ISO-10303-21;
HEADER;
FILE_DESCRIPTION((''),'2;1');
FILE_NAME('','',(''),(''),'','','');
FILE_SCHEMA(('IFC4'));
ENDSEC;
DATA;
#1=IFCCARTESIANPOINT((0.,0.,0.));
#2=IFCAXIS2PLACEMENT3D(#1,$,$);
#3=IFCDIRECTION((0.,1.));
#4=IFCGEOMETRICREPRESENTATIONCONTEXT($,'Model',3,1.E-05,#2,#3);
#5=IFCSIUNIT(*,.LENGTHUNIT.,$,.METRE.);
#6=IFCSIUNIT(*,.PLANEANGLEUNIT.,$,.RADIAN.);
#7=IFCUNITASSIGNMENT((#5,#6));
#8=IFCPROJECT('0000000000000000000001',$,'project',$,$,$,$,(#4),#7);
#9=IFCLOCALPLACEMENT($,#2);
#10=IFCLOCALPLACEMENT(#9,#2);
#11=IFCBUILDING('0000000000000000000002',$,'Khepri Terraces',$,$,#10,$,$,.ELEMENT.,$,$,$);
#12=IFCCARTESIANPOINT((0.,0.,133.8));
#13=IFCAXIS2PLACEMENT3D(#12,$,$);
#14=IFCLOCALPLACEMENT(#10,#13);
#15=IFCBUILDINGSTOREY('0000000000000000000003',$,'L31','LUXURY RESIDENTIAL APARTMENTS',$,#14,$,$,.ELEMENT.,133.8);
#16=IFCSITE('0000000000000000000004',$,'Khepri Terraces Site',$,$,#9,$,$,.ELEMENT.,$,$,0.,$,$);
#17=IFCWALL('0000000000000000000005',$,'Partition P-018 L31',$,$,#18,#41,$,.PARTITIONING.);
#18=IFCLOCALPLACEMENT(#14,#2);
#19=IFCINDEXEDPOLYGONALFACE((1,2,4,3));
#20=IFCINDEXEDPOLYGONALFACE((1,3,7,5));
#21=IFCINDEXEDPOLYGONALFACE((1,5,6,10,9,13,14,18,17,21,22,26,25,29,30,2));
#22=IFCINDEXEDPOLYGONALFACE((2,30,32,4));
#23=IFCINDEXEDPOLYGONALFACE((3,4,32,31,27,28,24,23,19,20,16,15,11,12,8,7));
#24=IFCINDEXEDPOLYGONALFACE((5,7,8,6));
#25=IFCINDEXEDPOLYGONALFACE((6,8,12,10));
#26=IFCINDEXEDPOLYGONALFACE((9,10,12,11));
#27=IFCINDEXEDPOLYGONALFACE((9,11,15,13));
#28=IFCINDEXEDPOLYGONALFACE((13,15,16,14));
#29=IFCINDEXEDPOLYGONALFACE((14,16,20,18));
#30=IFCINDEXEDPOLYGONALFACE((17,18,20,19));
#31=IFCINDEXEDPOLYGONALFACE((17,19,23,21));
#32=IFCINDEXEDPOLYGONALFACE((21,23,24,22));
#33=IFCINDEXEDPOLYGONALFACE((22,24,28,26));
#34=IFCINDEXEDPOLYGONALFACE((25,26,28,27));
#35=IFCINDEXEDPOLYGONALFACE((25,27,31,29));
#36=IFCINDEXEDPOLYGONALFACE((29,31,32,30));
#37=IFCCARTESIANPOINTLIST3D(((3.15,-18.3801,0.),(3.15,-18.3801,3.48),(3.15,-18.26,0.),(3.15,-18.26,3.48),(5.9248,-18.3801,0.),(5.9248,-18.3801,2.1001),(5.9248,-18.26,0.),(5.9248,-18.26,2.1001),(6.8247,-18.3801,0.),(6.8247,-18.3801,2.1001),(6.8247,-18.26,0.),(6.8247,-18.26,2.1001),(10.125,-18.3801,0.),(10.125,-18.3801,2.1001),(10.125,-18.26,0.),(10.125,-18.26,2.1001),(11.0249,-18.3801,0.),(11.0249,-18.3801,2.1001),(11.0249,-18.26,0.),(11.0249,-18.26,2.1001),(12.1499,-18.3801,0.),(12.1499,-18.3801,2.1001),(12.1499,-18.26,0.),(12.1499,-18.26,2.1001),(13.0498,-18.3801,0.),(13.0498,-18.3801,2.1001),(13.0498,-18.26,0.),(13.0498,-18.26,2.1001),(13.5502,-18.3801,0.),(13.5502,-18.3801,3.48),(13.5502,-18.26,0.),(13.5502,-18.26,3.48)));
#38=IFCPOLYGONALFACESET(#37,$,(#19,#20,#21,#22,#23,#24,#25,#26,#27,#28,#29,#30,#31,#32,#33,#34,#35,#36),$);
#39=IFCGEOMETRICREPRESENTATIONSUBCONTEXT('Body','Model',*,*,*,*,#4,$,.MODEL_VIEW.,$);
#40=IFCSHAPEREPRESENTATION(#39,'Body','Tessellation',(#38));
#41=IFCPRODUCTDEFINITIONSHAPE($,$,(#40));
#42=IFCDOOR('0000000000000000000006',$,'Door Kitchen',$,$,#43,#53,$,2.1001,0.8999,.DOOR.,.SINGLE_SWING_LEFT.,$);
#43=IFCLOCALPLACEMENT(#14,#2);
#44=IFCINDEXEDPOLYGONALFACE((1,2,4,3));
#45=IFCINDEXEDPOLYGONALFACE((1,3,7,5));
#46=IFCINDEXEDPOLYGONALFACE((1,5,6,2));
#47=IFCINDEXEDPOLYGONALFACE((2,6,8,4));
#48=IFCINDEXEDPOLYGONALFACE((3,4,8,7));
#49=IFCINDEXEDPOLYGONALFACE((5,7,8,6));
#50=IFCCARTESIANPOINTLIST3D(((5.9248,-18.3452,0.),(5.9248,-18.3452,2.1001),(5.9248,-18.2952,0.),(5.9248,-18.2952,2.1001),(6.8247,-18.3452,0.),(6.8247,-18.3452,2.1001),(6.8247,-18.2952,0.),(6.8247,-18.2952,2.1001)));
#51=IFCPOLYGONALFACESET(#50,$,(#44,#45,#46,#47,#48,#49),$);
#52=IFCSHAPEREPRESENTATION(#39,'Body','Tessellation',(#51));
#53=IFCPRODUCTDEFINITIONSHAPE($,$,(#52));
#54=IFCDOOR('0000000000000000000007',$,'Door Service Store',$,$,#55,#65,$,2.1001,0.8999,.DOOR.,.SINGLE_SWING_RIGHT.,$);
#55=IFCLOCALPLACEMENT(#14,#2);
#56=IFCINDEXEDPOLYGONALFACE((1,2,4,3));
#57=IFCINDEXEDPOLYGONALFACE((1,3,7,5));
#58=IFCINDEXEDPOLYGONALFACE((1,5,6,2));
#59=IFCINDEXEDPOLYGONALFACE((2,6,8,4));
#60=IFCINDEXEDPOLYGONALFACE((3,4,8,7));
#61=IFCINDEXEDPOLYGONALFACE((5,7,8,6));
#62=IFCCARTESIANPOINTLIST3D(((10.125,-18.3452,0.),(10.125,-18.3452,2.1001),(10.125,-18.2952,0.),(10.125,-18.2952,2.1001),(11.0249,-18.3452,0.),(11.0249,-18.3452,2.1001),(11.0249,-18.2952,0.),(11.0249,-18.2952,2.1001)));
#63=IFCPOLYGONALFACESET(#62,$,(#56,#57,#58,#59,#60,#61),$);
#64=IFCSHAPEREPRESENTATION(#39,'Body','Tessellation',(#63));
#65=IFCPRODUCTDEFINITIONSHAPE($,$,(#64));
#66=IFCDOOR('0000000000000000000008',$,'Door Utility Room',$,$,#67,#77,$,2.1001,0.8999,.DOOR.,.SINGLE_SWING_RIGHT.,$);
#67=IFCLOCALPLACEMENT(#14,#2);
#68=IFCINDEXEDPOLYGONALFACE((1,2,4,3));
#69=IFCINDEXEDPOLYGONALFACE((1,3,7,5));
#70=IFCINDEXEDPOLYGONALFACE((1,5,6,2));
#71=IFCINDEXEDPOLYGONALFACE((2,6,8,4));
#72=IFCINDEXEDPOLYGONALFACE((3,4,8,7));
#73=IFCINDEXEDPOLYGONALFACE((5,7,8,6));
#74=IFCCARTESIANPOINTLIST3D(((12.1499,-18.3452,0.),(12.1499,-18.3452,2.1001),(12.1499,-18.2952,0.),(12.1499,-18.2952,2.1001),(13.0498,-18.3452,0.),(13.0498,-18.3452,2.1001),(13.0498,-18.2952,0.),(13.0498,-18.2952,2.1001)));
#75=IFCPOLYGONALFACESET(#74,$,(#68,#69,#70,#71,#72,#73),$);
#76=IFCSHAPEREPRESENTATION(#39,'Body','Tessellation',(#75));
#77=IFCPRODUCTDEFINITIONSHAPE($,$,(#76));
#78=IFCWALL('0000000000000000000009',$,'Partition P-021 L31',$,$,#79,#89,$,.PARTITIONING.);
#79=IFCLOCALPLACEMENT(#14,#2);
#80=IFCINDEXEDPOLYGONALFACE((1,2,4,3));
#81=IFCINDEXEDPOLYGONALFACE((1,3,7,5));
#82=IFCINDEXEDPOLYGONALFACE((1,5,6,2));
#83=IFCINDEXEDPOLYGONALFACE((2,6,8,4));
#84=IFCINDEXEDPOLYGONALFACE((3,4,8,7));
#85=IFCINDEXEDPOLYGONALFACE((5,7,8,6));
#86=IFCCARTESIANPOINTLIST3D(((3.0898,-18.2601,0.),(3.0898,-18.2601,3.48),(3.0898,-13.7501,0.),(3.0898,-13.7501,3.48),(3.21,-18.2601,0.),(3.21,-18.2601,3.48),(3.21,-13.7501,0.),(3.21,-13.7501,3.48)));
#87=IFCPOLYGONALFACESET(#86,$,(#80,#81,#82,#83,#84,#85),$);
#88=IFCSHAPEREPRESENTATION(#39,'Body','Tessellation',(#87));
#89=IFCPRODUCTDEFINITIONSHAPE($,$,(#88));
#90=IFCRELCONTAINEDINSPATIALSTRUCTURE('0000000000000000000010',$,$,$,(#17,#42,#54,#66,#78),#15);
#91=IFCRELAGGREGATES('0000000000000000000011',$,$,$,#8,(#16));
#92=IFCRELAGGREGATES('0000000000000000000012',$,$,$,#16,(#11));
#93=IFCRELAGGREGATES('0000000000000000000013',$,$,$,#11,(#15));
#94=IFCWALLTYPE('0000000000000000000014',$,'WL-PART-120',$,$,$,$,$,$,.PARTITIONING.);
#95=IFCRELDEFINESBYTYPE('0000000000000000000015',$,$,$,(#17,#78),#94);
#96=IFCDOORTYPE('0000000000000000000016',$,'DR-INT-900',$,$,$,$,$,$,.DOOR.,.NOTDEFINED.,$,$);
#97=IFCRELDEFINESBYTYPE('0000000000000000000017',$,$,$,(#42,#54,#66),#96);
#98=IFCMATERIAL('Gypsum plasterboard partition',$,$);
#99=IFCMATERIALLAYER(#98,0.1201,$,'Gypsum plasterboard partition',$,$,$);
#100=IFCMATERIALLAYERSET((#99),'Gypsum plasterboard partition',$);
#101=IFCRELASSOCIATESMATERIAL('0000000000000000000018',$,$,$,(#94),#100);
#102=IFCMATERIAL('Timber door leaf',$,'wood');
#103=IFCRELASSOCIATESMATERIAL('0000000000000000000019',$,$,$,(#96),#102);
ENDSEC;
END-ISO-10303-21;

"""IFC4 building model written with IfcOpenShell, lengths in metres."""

from ifc_helpers import new_model, si_unit, direction, frame, frame_2d, origin, place, context, subcontext, project, spatial, rectangle, extrude, material, layer, layer_set, type_object, element, fill, save


model = new_model("IFC4")

# Units and contexts
model_context = context("Model", 3, precision=1e-05, world=origin(), true_north=direction((0.0, 1.0)))
body_context = subcontext(model_context, "Body", "Model", "MODEL_VIEW")
ifc_project = project(units=[si_unit("LENGTHUNIT", "METRE"), si_unit("PLANEANGLEUNIT", "RADIAN")], contexts=[model_context])

# Site, building, storey
site_placement = place(None, origin())
site = spatial("IfcSite", under=ifc_project, at=site_placement, Name="Khepri Terraces Site", CompositionType="ELEMENT", RefElevation=0.0)
building_placement = place(site_placement, origin())
building = spatial("IfcBuilding", under=site, at=building_placement, Name="Khepri Terraces", CompositionType="ELEMENT")
storey_placement = place(building_placement, frame((0.0, 0.0, 133.8)))
storey = spatial("IfcBuildingStorey", under=building, at=storey_placement, Name="L31", Description="LUXURY RESIDENTIAL APARTMENTS", CompositionType="ELEMENT", Elevation=133.8)

# Shared definitions
ifc_material_1 = material(Name="Gypsum plasterboard partition")
ifc_layer_1 = layer(ifc_material_1, 0.1201, Name="Gypsum plasterboard partition")
ifc_layer_set_1 = layer_set([ifc_layer_1], Name="Gypsum plasterboard partition")
wall_type_1 = type_object("IfcWallType", Name="WL-PART-120", PredefinedType="PARTITIONING", material=ifc_layer_set_1)

# Shared definitions
ifc_material_2 = material(Name="Timber door leaf", Category="wood")
door_type_1 = type_object("IfcDoorType", Name="DR-INT-900", OperationType="NOTDEFINED", PredefinedType="DOOR", material=ifc_material_2)

# Wall, openings, doors
wall_1_placement = place(storey_placement, frame((3.1499, -18.3201, 0.0), z_axis=(0.0, 0.0, 1.0), x_axis=(1.0, 0.0, 0.0)))
wall_1 = element("IfcWall", 1, at=wall_1_placement, inside=storey, type_object=wall_type_1, Name="Partition P-018 L31", PredefinedType="PARTITIONING", context=body_context, shape_type="SweptSolid", body=[
    extrude(rectangle(XDim=10.4001, YDim=0.1201, at=frame_2d((5.2002, 0.0))), origin(), (0.0, 0.0, 1.0), 3.48),
])
opening_1_placement = place(wall_1_placement, frame((2.7749, 0.0, 0.0)))
opening_1 = element("IfcOpeningElement", 2, at=opening_1_placement, cuts=wall_1, PredefinedType="OPENING", context=body_context, shape_type="SweptSolid", body=[
    extrude(rectangle(XDim=0.8999, YDim=2.1001, at=frame_2d((0.45, 1.05))), frame((0.0, 0.0701, 0.0), z_axis=(0.0, -1.0, 0.0), x_axis=(1.0, 0.0, 0.0)), (0.0, 0.0, 1.0), 0.1401),
])
opening_2_placement = place(wall_1_placement, frame((6.9751, 0.0, 0.0)))
opening_2 = element("IfcOpeningElement", 3, at=opening_2_placement, cuts=wall_1, PredefinedType="OPENING", context=body_context, shape_type="SweptSolid", body=[
    extrude(rectangle(XDim=0.8999, YDim=2.1001, at=frame_2d((0.45, 1.05))), frame((0.0, 0.0701, 0.0), z_axis=(0.0, -1.0, 0.0), x_axis=(1.0, 0.0, 0.0)), (0.0, 0.0, 1.0), 0.1401),
])
opening_3_placement = place(wall_1_placement, frame((9.0, 0.0, 0.0)))
opening_3 = element("IfcOpeningElement", 4, at=opening_3_placement, cuts=wall_1, PredefinedType="OPENING", context=body_context, shape_type="SweptSolid", body=[
    extrude(rectangle(XDim=0.8999, YDim=2.1001, at=frame_2d((0.45, 1.05))), frame((0.0, 0.0701, 0.0), z_axis=(0.0, -1.0, 0.0), x_axis=(1.0, 0.0, 0.0)), (0.0, 0.0, 1.0), 0.1401),
])
door_1_placement = place(opening_1_placement, origin())
door_1 = element("IfcDoor", 5, at=door_1_placement, inside=storey, type_object=door_type_1, Name="Door Kitchen", OperationType="SINGLE_SWING_LEFT", OverallHeight=2.1001, OverallWidth=0.8999, PredefinedType="DOOR", context=body_context, shape_type="SweptSolid", body=[
    extrude(rectangle(XDim=0.8999, YDim=2.1001, at=frame_2d((0.45, 1.05))), frame((0.0, 0.0249, 0.0), z_axis=(0.0, -1.0, 0.0), x_axis=(1.0, 0.0, 0.0)), (0.0, 0.0, 1.0), 0.05),
])
fill(opening_1, door_1)
door_2_placement = place(opening_2_placement, origin())
door_2 = element("IfcDoor", 6, at=door_2_placement, inside=storey, type_object=door_type_1, Name="Door Service Store", OperationType="SINGLE_SWING_RIGHT", OverallHeight=2.1001, OverallWidth=0.8999, PredefinedType="DOOR", context=body_context, shape_type="SweptSolid", body=[
    extrude(rectangle(XDim=0.8999, YDim=2.1001, at=frame_2d((0.45, 1.05))), frame((0.0, 0.0249, 0.0), z_axis=(0.0, -1.0, 0.0), x_axis=(1.0, 0.0, 0.0)), (0.0, 0.0, 1.0), 0.05),
])
fill(opening_2, door_2)
door_3_placement = place(opening_3_placement, origin())
door_3 = element("IfcDoor", 7, at=door_3_placement, inside=storey, type_object=door_type_1, Name="Door Utility Room", OperationType="SINGLE_SWING_RIGHT", OverallHeight=2.1001, OverallWidth=0.8999, PredefinedType="DOOR", context=body_context, shape_type="SweptSolid", body=[
    extrude(rectangle(XDim=0.8999, YDim=2.1001, at=frame_2d((0.45, 1.05))), frame((0.0, 0.0249, 0.0), z_axis=(0.0, -1.0, 0.0), x_axis=(1.0, 0.0, 0.0)), (0.0, 0.0, 1.0), 0.05),
])
fill(opening_3, door_3)

# Wall
wall_2_placement = place(storey_placement, frame((3.1499, -18.26, 0.0), z_axis=(0.0, 0.0, 1.0), x_axis=(0.0, 1.0, 0.0)))
element("IfcWall", 8, at=wall_2_placement, inside=storey, type_object=wall_type_1, Name="Partition P-021 L31", PredefinedType="PARTITIONING", context=body_context, shape_type="SweptSolid", body=[
    extrude(rectangle(XDim=4.51, YDim=0.1201, at=frame_2d((2.2549, 0.0))), origin(), (0.0, 0.0, 1.0), 3.48),
])

save(model, "model.ifc")
